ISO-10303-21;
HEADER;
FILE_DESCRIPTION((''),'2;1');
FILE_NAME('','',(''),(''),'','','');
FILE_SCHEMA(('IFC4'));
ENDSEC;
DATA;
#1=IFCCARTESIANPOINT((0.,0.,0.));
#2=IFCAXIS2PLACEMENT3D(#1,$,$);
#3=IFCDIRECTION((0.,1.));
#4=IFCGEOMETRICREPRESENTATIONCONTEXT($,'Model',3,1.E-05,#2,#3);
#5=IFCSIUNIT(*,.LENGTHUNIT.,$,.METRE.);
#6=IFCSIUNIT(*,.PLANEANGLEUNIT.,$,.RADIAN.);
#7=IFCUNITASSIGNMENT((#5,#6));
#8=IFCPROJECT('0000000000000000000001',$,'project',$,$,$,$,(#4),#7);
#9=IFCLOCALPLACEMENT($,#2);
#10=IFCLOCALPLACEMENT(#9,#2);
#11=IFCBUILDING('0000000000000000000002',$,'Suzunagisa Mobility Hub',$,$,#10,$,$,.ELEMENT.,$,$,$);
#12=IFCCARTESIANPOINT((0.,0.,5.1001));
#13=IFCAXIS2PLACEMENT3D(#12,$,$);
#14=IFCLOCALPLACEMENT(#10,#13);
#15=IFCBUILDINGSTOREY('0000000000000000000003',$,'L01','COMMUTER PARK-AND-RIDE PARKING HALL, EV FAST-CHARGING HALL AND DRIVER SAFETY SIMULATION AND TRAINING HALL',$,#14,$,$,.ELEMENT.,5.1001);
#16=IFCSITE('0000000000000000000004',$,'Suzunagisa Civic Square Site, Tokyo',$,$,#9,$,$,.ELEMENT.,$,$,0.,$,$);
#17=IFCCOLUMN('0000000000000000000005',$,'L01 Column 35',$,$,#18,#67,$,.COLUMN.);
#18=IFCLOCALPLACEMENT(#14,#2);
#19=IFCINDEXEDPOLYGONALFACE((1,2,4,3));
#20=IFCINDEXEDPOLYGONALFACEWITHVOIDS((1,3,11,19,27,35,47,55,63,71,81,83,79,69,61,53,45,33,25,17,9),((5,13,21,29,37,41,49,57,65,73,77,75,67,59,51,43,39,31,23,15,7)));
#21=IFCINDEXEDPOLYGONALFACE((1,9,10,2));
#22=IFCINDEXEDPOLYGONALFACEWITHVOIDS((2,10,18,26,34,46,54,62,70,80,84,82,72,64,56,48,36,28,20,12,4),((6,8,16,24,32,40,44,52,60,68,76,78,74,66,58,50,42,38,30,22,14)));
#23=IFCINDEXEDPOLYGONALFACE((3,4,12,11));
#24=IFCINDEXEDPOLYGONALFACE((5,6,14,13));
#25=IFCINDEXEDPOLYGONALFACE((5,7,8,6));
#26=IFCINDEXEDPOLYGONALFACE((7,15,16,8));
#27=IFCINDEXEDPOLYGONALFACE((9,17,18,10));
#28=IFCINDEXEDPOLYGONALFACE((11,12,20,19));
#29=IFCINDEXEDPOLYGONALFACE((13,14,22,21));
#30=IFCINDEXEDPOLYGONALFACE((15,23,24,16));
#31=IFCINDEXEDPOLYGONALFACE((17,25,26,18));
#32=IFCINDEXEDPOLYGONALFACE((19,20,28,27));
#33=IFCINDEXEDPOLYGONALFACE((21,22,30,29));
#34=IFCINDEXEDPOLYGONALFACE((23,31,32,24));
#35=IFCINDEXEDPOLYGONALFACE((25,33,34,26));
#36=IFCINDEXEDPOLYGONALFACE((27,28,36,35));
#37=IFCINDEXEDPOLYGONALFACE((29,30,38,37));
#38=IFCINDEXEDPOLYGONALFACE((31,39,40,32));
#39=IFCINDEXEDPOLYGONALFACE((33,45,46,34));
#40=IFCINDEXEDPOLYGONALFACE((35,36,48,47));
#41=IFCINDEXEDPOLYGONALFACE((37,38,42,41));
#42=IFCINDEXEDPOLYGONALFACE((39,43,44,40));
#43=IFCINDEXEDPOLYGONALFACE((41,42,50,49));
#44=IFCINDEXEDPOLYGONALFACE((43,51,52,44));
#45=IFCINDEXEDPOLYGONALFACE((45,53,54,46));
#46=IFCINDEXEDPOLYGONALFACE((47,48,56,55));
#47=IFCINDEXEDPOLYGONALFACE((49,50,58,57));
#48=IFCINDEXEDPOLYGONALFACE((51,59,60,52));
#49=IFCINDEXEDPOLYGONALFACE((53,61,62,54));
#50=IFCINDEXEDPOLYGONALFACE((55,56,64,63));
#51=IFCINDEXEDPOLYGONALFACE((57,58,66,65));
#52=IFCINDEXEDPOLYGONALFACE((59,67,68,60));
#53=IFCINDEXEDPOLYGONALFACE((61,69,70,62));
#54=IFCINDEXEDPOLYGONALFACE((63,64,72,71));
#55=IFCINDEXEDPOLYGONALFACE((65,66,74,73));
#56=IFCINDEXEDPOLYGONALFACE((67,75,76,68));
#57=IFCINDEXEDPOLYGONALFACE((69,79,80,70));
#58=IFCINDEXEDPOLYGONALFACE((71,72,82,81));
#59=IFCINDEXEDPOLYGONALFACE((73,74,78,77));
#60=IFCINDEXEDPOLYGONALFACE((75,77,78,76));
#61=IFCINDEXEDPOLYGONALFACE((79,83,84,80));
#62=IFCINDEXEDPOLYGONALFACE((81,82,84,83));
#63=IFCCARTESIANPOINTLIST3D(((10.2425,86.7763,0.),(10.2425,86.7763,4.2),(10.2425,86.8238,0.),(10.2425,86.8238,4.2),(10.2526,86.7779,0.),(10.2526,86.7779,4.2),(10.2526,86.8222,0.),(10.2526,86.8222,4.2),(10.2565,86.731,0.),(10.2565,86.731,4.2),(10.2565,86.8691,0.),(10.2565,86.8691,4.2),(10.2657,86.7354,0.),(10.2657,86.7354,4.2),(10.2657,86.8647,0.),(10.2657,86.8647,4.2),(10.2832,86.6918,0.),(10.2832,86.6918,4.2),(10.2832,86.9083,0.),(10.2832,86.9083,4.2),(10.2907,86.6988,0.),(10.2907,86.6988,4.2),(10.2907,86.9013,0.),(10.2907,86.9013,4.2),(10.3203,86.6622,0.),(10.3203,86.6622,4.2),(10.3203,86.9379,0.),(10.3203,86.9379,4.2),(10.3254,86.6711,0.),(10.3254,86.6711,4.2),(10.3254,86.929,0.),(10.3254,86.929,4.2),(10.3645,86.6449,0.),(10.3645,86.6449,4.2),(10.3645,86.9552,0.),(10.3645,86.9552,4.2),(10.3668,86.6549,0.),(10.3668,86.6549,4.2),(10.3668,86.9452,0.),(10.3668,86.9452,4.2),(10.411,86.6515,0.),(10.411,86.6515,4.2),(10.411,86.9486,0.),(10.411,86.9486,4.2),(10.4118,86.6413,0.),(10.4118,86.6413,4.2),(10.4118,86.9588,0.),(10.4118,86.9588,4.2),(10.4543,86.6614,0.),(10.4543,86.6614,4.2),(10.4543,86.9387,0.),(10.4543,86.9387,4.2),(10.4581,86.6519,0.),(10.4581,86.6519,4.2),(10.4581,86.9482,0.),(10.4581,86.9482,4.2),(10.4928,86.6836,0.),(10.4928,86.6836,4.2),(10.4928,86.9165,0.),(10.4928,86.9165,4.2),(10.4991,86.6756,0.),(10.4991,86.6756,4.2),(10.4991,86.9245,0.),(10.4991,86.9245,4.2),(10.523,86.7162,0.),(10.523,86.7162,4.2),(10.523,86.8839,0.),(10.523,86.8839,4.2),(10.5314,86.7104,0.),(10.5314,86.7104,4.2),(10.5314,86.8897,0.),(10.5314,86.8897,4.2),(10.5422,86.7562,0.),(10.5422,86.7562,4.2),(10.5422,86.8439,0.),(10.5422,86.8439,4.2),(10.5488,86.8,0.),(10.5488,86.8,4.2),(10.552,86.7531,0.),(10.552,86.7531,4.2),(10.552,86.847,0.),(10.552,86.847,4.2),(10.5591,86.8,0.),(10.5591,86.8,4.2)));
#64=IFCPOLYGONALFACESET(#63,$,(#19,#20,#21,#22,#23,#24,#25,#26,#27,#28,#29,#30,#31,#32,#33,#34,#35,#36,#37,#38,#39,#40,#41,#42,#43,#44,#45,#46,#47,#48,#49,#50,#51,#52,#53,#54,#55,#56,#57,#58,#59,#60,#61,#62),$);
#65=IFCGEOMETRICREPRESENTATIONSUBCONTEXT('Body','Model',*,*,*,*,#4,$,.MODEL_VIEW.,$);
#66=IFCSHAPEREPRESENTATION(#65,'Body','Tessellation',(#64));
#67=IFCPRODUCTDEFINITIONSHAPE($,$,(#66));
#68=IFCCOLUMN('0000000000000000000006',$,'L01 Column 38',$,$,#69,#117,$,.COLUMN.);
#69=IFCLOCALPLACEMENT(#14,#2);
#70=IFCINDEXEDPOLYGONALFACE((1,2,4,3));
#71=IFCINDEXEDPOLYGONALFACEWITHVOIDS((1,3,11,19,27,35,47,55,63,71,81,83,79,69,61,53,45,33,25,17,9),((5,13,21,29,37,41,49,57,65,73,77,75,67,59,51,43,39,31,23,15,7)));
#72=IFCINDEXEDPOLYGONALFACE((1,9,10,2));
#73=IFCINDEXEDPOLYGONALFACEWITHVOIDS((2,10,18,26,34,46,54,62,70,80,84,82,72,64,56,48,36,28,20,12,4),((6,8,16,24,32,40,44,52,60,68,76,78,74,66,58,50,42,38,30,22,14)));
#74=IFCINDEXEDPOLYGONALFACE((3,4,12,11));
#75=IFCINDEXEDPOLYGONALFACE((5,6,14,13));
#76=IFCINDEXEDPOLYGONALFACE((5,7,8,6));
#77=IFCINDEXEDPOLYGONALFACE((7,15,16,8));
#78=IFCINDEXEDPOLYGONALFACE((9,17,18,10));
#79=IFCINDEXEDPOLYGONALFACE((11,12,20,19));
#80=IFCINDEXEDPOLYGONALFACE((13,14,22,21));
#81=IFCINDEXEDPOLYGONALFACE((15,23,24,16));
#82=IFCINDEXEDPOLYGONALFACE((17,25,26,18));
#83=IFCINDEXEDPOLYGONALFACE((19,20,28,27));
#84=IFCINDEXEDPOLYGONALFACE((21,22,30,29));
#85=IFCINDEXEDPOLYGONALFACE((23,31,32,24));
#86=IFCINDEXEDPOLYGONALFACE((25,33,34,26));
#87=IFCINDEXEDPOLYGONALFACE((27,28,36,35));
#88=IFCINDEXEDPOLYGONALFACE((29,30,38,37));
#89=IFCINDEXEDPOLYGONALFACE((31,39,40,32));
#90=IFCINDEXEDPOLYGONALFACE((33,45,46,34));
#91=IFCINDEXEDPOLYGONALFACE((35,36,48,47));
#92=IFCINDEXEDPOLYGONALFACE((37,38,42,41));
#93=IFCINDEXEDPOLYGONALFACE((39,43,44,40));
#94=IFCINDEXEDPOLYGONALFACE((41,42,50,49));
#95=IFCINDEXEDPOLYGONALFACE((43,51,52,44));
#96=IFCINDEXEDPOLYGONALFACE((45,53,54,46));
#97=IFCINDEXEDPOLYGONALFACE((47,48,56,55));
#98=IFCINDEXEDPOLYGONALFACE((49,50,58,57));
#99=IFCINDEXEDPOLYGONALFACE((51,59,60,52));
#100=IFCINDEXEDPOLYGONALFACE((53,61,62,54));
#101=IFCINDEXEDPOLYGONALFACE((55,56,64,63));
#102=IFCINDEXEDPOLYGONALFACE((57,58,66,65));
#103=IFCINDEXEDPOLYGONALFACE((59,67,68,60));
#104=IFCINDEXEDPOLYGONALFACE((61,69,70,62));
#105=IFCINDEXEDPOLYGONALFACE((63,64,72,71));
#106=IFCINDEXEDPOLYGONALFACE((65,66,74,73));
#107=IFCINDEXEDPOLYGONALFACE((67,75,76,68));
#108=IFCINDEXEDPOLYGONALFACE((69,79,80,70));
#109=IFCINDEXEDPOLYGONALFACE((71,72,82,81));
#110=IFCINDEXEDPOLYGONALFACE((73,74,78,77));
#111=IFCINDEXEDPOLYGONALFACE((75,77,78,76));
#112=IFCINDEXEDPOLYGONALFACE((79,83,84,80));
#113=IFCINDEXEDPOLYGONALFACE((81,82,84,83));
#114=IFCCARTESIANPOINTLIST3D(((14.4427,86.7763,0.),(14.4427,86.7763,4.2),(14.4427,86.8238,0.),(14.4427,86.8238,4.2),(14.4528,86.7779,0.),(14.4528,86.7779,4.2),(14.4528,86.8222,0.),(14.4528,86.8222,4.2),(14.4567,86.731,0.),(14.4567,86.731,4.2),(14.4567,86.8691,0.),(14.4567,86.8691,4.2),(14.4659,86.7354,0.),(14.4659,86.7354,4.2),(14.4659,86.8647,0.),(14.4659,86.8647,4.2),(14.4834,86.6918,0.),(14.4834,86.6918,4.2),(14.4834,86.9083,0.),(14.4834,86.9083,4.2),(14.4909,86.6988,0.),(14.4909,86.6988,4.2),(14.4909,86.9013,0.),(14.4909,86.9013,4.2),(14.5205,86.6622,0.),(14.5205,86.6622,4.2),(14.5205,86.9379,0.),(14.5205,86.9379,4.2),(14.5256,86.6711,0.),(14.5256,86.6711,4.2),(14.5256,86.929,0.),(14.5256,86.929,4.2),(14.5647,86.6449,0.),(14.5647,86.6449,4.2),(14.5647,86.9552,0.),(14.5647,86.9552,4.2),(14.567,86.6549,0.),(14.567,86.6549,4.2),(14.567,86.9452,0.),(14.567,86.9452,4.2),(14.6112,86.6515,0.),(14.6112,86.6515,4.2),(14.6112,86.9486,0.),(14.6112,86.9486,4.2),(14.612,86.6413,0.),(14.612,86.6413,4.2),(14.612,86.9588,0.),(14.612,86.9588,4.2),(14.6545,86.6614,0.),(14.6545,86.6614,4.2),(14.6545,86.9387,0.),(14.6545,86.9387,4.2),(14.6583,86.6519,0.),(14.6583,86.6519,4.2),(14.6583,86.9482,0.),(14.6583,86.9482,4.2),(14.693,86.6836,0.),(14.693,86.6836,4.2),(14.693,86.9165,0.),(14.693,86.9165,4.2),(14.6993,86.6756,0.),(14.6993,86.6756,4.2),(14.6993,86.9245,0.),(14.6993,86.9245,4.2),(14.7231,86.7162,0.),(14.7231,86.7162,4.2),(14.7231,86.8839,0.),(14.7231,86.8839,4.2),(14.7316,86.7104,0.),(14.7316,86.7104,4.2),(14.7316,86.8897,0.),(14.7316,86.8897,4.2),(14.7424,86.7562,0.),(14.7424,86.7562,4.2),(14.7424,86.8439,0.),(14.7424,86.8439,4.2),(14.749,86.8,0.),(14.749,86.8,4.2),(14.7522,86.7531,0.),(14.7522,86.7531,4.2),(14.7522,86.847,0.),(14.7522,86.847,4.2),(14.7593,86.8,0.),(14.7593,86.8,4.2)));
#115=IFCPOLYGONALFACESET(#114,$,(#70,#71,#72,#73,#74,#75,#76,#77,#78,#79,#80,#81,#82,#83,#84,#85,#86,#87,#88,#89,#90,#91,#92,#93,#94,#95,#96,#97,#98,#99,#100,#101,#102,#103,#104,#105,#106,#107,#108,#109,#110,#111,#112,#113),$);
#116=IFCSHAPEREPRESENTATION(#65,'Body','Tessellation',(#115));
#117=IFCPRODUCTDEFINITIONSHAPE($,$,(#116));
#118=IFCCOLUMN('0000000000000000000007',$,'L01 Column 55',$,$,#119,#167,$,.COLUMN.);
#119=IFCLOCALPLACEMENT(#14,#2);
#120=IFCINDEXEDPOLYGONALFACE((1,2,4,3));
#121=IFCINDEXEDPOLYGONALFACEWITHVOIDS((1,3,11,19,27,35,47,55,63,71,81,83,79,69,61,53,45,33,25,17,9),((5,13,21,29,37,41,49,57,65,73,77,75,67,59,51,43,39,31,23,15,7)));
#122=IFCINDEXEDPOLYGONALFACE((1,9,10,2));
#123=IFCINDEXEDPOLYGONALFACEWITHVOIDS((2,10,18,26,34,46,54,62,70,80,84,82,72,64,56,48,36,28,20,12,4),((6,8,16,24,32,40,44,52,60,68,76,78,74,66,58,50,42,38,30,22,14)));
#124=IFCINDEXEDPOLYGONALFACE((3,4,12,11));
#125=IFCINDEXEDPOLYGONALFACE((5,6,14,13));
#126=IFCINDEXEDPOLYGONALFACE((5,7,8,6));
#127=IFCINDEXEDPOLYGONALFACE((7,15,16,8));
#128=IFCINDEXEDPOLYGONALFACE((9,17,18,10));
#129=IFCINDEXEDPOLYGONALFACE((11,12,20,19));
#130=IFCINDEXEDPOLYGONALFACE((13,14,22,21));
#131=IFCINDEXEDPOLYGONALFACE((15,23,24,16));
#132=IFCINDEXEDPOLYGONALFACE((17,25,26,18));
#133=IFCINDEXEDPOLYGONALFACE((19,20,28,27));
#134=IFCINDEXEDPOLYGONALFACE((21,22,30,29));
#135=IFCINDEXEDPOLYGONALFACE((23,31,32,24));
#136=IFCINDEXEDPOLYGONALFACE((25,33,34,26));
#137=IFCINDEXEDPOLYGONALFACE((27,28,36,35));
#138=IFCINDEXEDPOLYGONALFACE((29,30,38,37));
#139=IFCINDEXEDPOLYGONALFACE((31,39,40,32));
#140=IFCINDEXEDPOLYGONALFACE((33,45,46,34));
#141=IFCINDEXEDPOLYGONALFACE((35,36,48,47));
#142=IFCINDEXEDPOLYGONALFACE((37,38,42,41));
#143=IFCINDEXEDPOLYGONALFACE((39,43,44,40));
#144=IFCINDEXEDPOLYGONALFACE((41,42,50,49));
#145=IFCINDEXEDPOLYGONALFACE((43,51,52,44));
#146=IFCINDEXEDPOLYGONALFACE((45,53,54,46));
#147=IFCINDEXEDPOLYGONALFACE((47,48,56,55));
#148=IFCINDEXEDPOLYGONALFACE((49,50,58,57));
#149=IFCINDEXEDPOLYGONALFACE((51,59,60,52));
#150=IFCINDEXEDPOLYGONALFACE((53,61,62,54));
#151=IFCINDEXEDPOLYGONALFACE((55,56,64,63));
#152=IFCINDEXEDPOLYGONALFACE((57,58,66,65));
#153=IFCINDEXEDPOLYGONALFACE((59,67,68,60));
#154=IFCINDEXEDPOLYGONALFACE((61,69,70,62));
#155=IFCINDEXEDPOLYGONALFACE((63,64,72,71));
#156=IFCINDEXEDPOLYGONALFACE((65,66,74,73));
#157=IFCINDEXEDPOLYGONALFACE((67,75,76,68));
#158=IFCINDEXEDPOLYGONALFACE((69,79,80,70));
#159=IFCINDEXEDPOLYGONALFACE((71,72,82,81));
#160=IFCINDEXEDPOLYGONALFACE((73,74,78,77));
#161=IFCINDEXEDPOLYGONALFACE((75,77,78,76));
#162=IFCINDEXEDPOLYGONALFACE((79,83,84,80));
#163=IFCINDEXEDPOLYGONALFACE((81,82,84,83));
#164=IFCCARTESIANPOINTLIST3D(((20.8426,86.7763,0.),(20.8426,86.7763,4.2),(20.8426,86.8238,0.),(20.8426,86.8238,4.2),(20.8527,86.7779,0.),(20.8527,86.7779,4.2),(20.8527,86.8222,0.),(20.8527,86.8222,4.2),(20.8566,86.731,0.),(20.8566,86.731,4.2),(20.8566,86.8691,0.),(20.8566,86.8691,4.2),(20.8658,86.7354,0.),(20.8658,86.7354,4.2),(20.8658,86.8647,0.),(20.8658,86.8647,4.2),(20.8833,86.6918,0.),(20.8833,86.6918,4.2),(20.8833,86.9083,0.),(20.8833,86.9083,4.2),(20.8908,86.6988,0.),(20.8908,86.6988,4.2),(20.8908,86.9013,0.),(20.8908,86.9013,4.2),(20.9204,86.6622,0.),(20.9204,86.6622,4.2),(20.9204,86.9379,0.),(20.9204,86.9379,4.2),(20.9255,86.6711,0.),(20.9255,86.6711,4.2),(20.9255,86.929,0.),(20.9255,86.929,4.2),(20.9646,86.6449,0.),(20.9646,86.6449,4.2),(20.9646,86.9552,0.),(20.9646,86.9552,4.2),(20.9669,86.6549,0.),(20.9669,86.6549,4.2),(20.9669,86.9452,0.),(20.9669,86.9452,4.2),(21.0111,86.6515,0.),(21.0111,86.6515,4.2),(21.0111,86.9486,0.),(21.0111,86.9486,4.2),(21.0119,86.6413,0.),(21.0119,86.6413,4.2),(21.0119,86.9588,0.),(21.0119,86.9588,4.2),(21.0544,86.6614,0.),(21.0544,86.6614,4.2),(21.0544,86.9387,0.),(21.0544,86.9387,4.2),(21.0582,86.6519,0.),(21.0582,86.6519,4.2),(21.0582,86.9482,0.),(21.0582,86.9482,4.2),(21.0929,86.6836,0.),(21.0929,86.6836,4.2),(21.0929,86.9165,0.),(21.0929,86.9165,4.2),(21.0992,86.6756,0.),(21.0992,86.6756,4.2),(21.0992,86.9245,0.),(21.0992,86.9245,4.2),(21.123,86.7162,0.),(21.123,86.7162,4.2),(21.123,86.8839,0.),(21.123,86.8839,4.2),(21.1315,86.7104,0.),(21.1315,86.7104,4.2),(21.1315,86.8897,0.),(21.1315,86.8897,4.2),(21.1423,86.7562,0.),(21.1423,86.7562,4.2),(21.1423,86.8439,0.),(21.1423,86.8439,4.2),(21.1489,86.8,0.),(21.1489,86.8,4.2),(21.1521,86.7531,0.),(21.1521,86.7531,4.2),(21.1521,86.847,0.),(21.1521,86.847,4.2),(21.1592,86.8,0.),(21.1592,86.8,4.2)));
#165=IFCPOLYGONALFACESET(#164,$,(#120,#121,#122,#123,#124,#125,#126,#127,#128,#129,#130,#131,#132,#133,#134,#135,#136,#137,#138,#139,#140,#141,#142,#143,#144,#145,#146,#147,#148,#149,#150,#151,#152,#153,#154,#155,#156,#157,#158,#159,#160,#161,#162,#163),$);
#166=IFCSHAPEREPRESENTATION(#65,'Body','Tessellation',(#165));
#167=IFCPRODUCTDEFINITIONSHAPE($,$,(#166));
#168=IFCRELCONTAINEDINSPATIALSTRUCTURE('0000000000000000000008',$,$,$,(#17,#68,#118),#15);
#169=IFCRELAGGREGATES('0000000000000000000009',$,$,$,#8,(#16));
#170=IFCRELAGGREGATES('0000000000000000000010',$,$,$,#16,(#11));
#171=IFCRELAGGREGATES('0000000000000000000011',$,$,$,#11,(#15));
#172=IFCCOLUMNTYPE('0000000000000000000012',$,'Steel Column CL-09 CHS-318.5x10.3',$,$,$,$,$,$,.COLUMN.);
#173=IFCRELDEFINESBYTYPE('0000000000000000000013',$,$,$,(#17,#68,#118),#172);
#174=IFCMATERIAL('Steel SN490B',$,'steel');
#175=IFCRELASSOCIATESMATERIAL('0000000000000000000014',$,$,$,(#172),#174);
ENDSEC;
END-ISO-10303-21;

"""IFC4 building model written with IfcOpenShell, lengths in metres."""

from ifc_helpers import new_model, si_unit, direction, frame, origin, origin_2d, place, context, subcontext, project, spatial, hollow_circle, extrude, material, material_profile, profile_set, type_object, element, save


model = new_model("IFC4")

# Units and contexts
model_context = context("Model", 3, precision=1e-05, world=origin(), true_north=direction((0.0, 1.0)))
body_context = subcontext(model_context, "Body", "Model", "MODEL_VIEW")
ifc_project = project(units=[si_unit("LENGTHUNIT", "METRE"), si_unit("PLANEANGLEUNIT", "RADIAN")], contexts=[model_context])

# Site, building, storey
site_placement = place(None, origin())
site = spatial("IfcSite", under=ifc_project, at=site_placement, Name="Suzunagisa Civic Square Site, Tokyo", CompositionType="ELEMENT", RefElevation=0.0)
building_placement = place(site_placement, origin())
building = spatial("IfcBuilding", under=site, at=building_placement, Name="Suzunagisa Mobility Hub", CompositionType="ELEMENT")
storey_placement = place(building_placement, frame((0.0, 0.0, 5.1001)))
storey = spatial("IfcBuildingStorey", under=building, at=storey_placement, Name="L01", Description="COMMUTER PARK-AND-RIDE PARKING HALL, EV FAST-CHARGING HALL AND DRIVER SAFETY SIMULATION AND TRAINING HALL", CompositionType="ELEMENT", Elevation=5.1001)

# Columns
ifc_material_1 = material(Name="Steel SN490B", Category="steel")
ifc_material_profile_1 = material_profile(ifc_material_1, hollow_circle(Radius=0.1592, WallThickness=0.0103, at=origin_2d()), Name="CHS-318.5x10.3")
ifc_profile_set_1 = profile_set([ifc_material_profile_1], Name="Steel SN490B")
column_type_1 = type_object("IfcColumnType", Name="Steel Column CL-09 CHS-318.5x10.3", PredefinedType="COLUMN", material=ifc_profile_set_1)
for number, where, z_axis, x_axis, name in (
    (1, (10.3999, 86.8, 0.0), (0.0, 0.0, 1.0), (1.0, 0.0, 0.0), "L01 Column 35"),
    (2, (14.6001, 86.8, 0.0), (0.0, 0.0, 1.0), (1.0, 0.0, 0.0), "L01 Column 38"),
    (3, (21.0, 86.8, 0.0), (0.0, 0.0, 1.0), (1.0, 0.0, 0.0), "L01 Column 55"),
):
    element("IfcColumn", number, at=place(storey_placement, frame(where, z_axis=z_axis, x_axis=x_axis)), inside=storey, type_object=column_type_1, Name=name, PredefinedType="COLUMN", context=body_context, shape_type="SweptSolid", body=[
        extrude(hollow_circle(Radius=0.1592, WallThickness=0.0103, at=origin_2d()), origin(), (0.0, 0.0, 1.0), 4.2),
    ])

save(model, "model.ifc")
